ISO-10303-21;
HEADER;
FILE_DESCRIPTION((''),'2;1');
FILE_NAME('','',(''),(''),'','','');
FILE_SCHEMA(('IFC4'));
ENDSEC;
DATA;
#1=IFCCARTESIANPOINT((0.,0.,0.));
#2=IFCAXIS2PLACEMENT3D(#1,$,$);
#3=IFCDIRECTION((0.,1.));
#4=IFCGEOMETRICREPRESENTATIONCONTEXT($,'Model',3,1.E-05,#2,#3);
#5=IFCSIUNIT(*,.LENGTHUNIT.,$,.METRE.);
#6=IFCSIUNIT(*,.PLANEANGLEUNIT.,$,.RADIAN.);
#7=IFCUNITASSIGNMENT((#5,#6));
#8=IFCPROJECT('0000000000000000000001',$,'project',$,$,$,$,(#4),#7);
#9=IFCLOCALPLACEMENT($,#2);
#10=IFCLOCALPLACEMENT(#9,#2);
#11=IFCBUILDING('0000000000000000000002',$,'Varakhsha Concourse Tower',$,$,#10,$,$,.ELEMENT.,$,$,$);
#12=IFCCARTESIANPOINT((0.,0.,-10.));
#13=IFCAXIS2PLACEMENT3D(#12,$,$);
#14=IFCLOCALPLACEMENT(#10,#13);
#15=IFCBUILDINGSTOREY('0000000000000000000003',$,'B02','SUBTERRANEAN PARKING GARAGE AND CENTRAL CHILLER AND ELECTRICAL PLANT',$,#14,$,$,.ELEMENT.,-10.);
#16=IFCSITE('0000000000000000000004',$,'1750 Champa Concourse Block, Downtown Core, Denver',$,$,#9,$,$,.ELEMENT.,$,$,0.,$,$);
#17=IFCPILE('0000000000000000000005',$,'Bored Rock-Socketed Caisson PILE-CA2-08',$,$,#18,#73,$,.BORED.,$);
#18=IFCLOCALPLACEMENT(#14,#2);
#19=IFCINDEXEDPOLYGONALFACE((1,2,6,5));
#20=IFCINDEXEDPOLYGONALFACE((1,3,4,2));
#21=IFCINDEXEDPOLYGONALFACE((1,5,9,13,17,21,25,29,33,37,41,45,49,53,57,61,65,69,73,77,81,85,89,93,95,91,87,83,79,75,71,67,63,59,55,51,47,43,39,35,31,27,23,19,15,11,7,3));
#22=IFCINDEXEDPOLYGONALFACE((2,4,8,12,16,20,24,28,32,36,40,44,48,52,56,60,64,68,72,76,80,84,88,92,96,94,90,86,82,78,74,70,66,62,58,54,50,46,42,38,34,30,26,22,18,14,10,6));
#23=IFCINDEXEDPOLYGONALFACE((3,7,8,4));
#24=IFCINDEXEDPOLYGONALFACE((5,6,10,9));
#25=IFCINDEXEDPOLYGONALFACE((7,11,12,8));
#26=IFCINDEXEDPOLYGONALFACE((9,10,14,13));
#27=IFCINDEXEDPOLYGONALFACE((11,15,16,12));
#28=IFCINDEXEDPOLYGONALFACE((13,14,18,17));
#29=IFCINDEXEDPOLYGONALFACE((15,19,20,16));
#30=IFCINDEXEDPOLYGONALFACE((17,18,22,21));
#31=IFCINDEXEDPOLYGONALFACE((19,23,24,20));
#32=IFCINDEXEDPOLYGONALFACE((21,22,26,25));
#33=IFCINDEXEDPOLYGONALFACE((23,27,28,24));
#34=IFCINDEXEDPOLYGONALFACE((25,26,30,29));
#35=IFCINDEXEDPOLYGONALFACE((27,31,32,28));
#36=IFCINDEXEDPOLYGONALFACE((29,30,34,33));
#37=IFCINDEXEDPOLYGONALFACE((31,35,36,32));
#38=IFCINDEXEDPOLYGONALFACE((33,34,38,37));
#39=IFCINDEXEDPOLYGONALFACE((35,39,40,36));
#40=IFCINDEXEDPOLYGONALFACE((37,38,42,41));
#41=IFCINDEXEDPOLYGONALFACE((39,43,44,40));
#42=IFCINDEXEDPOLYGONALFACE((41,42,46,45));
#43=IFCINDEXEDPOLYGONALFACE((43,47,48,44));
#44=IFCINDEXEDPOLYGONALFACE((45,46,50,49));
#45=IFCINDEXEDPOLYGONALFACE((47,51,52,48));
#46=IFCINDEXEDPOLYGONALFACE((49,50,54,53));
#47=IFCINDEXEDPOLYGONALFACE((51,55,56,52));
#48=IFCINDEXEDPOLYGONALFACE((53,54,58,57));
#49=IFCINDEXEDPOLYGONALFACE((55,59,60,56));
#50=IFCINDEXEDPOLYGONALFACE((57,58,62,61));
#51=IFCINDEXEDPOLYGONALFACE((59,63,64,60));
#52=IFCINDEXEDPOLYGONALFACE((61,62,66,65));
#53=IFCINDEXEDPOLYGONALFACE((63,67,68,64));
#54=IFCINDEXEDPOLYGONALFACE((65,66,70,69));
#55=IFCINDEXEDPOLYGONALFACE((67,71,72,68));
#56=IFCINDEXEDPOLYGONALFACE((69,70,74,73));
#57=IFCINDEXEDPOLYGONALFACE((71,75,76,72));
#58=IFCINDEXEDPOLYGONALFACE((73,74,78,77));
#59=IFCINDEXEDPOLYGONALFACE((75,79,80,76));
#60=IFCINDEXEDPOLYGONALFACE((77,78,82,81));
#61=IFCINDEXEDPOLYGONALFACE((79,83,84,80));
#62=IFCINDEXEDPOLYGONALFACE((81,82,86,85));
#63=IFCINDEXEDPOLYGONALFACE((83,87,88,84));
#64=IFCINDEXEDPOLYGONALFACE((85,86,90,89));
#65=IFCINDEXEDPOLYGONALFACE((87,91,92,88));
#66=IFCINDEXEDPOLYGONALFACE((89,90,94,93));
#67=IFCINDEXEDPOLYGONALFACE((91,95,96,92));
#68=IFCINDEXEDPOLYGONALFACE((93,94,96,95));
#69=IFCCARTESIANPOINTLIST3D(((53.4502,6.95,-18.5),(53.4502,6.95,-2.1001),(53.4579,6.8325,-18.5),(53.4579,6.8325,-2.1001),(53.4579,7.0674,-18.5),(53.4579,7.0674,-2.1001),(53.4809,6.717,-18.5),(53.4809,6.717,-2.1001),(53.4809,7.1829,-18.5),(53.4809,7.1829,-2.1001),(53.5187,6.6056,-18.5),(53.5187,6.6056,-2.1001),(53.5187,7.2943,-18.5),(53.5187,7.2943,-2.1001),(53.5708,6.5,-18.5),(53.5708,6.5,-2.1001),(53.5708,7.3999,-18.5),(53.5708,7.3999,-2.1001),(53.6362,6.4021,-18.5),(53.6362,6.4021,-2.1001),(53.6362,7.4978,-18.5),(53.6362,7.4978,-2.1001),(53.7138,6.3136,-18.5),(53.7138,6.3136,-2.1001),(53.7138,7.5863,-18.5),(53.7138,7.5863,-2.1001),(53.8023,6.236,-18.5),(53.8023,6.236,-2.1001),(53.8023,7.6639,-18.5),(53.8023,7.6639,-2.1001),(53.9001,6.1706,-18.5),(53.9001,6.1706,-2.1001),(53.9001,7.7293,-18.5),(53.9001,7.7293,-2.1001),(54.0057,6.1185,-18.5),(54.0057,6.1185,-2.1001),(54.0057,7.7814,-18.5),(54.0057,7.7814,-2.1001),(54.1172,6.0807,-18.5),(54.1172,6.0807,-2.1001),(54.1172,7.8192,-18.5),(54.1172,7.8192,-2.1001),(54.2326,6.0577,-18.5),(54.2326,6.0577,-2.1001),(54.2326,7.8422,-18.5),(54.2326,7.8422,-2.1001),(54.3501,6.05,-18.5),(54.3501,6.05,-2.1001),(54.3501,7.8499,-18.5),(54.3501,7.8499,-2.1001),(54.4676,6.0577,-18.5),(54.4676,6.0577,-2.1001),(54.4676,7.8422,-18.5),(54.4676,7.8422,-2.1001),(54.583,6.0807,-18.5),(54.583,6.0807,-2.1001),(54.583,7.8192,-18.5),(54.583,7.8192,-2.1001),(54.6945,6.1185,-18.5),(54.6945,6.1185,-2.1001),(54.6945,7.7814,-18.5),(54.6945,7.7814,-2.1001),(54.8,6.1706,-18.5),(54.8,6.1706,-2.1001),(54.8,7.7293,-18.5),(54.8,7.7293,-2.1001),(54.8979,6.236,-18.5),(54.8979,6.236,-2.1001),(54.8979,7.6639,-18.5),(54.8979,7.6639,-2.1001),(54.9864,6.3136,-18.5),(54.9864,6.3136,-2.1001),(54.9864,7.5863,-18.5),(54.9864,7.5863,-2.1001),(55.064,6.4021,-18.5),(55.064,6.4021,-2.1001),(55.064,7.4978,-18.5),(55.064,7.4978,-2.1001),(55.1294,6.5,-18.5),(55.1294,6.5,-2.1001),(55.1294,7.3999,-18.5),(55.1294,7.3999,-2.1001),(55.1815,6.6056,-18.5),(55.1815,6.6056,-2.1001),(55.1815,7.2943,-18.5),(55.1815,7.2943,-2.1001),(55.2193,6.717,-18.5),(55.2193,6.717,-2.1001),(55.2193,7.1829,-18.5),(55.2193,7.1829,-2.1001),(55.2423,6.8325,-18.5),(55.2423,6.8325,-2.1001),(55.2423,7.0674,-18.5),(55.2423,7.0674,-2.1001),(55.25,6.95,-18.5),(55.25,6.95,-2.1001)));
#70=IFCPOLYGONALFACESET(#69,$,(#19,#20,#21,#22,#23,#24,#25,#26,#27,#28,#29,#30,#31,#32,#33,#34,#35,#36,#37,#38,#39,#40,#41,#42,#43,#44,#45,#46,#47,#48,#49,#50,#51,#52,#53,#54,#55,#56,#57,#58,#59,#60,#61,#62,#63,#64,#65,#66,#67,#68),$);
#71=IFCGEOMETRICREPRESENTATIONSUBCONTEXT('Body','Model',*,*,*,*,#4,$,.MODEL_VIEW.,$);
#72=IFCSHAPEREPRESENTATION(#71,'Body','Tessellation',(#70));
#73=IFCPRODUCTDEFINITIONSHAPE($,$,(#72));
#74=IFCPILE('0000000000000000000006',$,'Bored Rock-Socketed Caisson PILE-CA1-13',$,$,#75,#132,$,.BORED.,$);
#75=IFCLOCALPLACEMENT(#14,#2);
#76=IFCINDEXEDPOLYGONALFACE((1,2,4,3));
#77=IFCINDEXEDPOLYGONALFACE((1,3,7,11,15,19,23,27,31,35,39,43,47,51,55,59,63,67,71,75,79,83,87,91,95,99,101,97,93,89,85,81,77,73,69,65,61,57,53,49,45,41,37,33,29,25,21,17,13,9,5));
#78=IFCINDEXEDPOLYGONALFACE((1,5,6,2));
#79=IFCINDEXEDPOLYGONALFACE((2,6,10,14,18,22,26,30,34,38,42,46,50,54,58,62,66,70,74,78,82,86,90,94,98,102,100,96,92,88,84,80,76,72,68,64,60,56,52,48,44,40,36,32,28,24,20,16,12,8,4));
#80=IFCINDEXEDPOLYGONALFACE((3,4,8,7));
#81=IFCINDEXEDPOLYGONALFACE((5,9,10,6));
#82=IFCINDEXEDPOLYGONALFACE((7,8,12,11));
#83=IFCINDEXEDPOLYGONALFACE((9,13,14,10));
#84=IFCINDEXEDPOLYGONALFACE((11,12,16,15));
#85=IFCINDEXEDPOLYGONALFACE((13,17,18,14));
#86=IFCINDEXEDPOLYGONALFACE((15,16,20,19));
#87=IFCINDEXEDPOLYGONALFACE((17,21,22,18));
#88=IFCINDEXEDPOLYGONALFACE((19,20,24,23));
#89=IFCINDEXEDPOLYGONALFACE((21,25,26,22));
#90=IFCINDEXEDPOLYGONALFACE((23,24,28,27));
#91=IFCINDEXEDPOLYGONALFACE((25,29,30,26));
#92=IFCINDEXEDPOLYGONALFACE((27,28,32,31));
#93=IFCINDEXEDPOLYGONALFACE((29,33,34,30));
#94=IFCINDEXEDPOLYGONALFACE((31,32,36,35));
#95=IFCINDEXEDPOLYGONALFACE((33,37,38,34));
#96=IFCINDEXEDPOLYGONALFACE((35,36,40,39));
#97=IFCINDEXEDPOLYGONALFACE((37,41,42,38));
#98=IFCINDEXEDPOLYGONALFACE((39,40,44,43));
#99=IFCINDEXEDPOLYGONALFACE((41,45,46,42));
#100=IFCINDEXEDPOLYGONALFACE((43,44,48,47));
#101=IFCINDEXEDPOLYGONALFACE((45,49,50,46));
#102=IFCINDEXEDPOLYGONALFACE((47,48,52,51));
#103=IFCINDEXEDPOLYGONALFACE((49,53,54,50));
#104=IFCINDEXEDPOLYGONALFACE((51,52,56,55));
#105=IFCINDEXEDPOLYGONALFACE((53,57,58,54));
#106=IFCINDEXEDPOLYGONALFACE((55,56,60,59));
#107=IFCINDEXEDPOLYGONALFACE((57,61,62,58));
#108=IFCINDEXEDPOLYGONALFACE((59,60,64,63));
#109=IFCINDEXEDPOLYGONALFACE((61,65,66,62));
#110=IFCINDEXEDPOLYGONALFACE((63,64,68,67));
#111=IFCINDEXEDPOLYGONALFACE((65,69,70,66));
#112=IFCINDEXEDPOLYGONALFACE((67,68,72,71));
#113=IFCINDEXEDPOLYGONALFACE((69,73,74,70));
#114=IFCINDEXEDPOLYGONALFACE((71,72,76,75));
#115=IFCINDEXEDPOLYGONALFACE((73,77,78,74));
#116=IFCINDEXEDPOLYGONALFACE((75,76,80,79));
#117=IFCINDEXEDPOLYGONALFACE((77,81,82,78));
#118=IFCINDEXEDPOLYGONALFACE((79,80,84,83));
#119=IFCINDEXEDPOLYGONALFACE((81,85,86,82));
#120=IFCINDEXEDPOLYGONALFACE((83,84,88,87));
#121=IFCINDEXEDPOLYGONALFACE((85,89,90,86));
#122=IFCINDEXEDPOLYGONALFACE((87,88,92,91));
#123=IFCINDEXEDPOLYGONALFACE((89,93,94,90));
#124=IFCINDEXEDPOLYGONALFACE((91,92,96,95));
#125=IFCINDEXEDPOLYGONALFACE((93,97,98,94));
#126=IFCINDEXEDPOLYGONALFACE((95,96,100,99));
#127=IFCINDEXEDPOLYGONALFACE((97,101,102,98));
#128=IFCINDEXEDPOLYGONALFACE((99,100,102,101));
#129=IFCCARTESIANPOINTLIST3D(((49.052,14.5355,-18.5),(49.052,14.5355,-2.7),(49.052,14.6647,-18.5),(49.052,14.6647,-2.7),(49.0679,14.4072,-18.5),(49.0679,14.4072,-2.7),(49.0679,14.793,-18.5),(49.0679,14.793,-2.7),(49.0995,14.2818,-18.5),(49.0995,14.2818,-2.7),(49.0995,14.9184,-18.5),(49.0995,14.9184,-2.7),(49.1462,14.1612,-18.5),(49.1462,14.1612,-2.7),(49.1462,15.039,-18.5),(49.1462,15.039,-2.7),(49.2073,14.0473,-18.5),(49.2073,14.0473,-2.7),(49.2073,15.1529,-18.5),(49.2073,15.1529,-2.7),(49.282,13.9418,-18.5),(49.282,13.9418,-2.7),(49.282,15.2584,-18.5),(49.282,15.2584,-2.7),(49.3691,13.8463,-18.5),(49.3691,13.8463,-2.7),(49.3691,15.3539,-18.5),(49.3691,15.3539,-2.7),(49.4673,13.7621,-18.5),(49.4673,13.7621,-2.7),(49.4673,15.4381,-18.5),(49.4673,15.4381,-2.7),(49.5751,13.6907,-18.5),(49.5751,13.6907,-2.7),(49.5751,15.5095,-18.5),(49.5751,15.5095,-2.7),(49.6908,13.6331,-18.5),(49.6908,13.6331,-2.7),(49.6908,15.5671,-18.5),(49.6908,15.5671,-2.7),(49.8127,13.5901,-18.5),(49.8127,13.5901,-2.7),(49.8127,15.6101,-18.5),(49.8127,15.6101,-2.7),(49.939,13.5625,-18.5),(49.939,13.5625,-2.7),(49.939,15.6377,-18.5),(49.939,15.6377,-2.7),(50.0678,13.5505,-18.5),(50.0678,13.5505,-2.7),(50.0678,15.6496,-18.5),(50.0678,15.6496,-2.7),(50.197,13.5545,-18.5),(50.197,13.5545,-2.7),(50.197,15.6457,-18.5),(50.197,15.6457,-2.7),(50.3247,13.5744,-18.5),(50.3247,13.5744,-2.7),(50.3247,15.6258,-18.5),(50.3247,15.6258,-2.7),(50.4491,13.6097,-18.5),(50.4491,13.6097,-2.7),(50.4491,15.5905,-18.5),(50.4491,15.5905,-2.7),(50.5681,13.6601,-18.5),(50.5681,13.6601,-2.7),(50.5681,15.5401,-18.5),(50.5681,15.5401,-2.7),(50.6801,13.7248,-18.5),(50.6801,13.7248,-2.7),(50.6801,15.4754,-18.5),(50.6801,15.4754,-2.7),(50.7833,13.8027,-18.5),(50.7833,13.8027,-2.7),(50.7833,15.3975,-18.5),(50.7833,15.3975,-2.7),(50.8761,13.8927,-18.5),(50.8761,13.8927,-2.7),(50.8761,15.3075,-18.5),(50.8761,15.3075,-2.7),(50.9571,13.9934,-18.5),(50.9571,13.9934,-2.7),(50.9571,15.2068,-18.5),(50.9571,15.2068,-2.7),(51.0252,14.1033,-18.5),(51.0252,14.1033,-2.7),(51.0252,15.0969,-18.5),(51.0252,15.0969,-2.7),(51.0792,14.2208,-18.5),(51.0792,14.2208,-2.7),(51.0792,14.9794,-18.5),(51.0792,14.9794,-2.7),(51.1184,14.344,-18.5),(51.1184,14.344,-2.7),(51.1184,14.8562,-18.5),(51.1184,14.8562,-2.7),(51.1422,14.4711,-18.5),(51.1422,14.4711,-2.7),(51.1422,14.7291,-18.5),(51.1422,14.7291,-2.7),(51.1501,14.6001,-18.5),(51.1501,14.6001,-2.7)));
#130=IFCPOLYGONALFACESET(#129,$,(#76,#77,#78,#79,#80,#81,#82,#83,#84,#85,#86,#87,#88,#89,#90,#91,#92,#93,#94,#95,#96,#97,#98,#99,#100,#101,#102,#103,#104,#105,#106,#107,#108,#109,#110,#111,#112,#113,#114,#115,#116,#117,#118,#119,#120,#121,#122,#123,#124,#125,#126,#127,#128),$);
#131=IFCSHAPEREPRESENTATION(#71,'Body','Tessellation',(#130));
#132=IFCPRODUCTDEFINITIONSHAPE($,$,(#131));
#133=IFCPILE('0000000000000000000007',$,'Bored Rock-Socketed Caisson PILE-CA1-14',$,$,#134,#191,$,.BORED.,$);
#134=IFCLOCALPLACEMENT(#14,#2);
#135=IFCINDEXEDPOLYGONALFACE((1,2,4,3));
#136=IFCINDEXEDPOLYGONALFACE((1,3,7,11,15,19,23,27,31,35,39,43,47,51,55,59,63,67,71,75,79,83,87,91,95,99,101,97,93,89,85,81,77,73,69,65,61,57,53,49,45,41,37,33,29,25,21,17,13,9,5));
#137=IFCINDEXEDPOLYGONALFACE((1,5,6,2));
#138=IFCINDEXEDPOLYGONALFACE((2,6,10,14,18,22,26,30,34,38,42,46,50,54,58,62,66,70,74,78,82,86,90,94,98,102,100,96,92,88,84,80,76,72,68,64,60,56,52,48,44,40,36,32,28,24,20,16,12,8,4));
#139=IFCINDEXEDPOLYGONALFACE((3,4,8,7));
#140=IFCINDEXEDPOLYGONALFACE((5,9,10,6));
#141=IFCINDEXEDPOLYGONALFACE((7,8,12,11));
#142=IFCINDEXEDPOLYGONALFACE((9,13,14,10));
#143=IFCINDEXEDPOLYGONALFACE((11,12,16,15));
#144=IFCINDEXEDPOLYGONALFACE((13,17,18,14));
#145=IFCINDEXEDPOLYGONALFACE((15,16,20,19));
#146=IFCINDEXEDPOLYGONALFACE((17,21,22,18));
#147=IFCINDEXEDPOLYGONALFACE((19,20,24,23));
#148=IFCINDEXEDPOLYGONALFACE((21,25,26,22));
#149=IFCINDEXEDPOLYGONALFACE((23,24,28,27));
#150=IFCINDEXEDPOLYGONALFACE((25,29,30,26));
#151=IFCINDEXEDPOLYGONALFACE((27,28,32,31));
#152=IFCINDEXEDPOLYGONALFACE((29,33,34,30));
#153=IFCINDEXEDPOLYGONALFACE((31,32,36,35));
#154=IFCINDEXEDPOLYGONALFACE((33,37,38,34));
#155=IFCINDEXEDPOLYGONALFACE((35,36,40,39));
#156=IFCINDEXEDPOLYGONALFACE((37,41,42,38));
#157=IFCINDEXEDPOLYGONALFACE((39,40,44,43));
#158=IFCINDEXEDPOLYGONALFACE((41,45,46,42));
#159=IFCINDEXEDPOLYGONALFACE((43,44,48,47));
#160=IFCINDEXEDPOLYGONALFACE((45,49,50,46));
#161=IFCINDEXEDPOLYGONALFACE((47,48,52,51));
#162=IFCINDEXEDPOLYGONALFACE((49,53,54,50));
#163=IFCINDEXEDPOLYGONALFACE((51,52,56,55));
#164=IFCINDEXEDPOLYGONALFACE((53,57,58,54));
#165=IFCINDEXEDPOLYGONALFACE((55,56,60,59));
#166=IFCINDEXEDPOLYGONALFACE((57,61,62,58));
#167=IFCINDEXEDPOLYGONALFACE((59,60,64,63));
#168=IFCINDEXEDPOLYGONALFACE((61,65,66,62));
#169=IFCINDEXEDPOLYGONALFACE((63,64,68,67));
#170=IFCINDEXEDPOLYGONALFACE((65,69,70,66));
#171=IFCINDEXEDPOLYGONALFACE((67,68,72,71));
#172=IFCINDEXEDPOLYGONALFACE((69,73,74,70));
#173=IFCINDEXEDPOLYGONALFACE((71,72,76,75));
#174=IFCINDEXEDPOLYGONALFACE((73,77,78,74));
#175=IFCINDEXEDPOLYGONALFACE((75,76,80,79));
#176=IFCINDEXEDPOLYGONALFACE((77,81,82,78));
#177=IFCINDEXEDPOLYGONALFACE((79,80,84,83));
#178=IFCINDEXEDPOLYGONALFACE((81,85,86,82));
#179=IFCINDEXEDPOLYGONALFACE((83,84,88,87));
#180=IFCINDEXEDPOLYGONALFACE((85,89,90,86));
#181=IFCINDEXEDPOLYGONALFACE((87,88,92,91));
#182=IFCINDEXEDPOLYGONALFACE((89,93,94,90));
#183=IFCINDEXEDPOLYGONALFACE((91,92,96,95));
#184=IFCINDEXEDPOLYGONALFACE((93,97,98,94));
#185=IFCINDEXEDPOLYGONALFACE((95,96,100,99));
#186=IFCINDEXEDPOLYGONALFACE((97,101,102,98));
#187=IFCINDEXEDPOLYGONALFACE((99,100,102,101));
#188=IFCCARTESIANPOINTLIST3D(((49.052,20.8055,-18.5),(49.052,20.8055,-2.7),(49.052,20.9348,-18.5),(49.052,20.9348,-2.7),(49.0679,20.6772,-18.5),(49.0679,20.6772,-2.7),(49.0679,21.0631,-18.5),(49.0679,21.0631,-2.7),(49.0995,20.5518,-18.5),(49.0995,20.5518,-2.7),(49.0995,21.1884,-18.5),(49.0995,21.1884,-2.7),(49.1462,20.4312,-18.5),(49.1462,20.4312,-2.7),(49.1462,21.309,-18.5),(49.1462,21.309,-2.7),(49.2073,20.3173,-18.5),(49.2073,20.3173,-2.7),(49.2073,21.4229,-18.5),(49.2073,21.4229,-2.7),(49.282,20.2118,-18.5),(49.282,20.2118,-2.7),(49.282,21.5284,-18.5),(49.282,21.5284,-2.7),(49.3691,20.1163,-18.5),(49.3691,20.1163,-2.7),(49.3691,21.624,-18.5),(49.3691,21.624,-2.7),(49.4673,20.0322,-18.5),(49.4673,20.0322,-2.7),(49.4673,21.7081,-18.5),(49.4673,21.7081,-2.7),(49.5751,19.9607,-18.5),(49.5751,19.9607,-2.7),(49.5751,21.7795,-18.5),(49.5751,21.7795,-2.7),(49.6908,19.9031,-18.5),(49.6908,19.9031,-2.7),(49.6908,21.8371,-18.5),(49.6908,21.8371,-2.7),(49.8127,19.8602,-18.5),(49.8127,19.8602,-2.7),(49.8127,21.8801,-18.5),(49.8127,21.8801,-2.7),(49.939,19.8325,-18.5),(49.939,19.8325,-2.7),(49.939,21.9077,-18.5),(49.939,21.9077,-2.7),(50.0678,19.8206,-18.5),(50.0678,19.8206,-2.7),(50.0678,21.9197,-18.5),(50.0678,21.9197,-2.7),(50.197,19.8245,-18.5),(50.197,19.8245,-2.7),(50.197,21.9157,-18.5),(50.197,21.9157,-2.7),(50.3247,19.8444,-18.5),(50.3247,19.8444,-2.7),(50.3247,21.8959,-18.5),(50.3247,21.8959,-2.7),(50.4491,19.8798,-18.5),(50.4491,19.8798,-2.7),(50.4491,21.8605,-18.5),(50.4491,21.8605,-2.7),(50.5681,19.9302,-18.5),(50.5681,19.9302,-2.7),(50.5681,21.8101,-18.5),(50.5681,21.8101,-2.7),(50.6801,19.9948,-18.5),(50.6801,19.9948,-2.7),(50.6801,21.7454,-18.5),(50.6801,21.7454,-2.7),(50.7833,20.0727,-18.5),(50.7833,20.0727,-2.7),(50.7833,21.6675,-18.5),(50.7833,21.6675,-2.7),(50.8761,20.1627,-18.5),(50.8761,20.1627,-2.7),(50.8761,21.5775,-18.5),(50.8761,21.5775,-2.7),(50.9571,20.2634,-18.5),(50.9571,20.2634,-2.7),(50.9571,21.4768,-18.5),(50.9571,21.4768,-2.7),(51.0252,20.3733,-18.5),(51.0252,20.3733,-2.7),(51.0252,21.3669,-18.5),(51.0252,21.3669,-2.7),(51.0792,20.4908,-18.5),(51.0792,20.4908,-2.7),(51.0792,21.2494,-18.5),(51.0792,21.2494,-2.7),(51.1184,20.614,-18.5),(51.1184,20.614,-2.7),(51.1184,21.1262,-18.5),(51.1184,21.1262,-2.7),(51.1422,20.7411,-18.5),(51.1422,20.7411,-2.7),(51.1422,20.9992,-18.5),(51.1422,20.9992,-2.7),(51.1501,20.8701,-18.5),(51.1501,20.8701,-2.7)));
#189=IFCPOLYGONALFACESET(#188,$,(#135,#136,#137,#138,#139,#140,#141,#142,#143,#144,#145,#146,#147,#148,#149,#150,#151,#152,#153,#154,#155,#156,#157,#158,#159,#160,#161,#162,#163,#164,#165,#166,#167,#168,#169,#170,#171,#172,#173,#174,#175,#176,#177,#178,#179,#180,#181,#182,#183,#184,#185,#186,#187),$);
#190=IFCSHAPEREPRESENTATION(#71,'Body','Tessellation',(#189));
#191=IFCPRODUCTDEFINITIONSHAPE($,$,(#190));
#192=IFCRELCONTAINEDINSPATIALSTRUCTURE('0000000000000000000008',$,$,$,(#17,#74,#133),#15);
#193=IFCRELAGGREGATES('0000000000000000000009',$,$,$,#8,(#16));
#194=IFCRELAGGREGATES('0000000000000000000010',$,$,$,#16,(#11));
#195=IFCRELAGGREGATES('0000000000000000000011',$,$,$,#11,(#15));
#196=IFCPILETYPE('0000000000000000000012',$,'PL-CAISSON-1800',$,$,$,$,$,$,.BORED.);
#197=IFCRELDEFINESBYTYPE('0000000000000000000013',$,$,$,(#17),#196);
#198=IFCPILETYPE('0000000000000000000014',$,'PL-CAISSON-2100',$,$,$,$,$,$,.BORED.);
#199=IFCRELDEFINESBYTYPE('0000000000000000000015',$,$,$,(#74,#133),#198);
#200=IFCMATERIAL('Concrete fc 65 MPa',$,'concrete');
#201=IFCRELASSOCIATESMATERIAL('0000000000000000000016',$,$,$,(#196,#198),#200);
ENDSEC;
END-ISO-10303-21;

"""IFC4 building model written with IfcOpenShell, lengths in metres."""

from ifc_helpers import new_model, si_unit, direction, frame, origin, origin_2d, place, context, subcontext, project, spatial, circle, extrude, material, material_profile, profile_set, type_object, element, save


model = new_model("IFC4")

# Units and contexts
model_context = context("Model", 3, precision=1e-05, world=origin(), true_north=direction((0.0, 1.0)))
body_context = subcontext(model_context, "Body", "Model", "MODEL_VIEW")
ifc_project = project(units=[si_unit("LENGTHUNIT", "METRE"), si_unit("PLANEANGLEUNIT", "RADIAN")], contexts=[model_context])

# Site, building, storey
site_placement = place(None, origin())
site = spatial("IfcSite", under=ifc_project, at=site_placement, Name="1750 Champa Concourse Block, Downtown Core, Denver", CompositionType="ELEMENT", RefElevation=0.0)
building_placement = place(site_placement, origin())
building = spatial("IfcBuilding", under=site, at=building_placement, Name="Varakhsha Concourse Tower", CompositionType="ELEMENT")
storey_placement = place(building_placement, frame((0.0, 0.0, -10.0)))
storey = spatial("IfcBuildingStorey", under=building, at=storey_placement, Name="B02", Description="SUBTERRANEAN PARKING GARAGE AND CENTRAL CHILLER AND ELECTRICAL PLANT", CompositionType="ELEMENT", Elevation=-10.0)

# Piles
ifc_material_1 = material(Name="Concrete fc 65 MPa", Category="concrete")
ifc_material_profile_1 = material_profile(ifc_material_1, circle(Radius=0.8999, at=origin_2d()), Name="CAISSON D1800")
ifc_profile_set_1 = profile_set([ifc_material_profile_1], Name="Concrete fc 65 MPa")
pile_type_1 = type_object("IfcPileType", Name="PL-CAISSON-1800", PredefinedType="BORED", material=ifc_profile_set_1)
for number, where, z_axis, x_axis, name in (
    (1, (54.3501, 6.95, -2.1001), (0.0, 0.0, -1.0), (1.0, 0.0, 0.0), "Bored Rock-Socketed Caisson PILE-CA2-08"),
):
    element("IfcPile", number, at=place(storey_placement, frame(where, z_axis=z_axis, x_axis=x_axis)), inside=storey, type_object=pile_type_1, Name=name, PredefinedType="BORED", context=body_context, shape_type="SweptSolid", body=[
        extrude(circle(Radius=0.8999, at=origin_2d()), origin(), (0.0, 0.0, 1.0), 16.3999),
    ])
ifc_material_profile_2 = material_profile(ifc_material_1, circle(Radius=1.05, at=origin_2d()), Name="CAISSON D2100")
ifc_profile_set_2 = profile_set([ifc_material_profile_2], Name="Concrete fc 65 MPa")
pile_type_2 = type_object("IfcPileType", Name="PL-CAISSON-2100", PredefinedType="BORED", material=ifc_profile_set_2)
for number, where, z_axis, x_axis, name in (
    (2, (50.1001, 14.6001, -2.7), (0.0, 0.0, -1.0), (1.0, 0.0, 0.0), "Bored Rock-Socketed Caisson PILE-CA1-13"),
    (3, (50.1001, 20.8701, -2.7), (0.0, 0.0, -1.0), (1.0, 0.0, 0.0), "Bored Rock-Socketed Caisson PILE-CA1-14"),
):
    element("IfcPile", number, at=place(storey_placement, frame(where, z_axis=z_axis, x_axis=x_axis)), inside=storey, type_object=pile_type_2, Name=name, PredefinedType="BORED", context=body_context, shape_type="SweptSolid", body=[
        extrude(circle(Radius=1.05, at=origin_2d()), origin(), (0.0, 0.0, 1.0), 15.8),
    ])

save(model, "model.ifc")
